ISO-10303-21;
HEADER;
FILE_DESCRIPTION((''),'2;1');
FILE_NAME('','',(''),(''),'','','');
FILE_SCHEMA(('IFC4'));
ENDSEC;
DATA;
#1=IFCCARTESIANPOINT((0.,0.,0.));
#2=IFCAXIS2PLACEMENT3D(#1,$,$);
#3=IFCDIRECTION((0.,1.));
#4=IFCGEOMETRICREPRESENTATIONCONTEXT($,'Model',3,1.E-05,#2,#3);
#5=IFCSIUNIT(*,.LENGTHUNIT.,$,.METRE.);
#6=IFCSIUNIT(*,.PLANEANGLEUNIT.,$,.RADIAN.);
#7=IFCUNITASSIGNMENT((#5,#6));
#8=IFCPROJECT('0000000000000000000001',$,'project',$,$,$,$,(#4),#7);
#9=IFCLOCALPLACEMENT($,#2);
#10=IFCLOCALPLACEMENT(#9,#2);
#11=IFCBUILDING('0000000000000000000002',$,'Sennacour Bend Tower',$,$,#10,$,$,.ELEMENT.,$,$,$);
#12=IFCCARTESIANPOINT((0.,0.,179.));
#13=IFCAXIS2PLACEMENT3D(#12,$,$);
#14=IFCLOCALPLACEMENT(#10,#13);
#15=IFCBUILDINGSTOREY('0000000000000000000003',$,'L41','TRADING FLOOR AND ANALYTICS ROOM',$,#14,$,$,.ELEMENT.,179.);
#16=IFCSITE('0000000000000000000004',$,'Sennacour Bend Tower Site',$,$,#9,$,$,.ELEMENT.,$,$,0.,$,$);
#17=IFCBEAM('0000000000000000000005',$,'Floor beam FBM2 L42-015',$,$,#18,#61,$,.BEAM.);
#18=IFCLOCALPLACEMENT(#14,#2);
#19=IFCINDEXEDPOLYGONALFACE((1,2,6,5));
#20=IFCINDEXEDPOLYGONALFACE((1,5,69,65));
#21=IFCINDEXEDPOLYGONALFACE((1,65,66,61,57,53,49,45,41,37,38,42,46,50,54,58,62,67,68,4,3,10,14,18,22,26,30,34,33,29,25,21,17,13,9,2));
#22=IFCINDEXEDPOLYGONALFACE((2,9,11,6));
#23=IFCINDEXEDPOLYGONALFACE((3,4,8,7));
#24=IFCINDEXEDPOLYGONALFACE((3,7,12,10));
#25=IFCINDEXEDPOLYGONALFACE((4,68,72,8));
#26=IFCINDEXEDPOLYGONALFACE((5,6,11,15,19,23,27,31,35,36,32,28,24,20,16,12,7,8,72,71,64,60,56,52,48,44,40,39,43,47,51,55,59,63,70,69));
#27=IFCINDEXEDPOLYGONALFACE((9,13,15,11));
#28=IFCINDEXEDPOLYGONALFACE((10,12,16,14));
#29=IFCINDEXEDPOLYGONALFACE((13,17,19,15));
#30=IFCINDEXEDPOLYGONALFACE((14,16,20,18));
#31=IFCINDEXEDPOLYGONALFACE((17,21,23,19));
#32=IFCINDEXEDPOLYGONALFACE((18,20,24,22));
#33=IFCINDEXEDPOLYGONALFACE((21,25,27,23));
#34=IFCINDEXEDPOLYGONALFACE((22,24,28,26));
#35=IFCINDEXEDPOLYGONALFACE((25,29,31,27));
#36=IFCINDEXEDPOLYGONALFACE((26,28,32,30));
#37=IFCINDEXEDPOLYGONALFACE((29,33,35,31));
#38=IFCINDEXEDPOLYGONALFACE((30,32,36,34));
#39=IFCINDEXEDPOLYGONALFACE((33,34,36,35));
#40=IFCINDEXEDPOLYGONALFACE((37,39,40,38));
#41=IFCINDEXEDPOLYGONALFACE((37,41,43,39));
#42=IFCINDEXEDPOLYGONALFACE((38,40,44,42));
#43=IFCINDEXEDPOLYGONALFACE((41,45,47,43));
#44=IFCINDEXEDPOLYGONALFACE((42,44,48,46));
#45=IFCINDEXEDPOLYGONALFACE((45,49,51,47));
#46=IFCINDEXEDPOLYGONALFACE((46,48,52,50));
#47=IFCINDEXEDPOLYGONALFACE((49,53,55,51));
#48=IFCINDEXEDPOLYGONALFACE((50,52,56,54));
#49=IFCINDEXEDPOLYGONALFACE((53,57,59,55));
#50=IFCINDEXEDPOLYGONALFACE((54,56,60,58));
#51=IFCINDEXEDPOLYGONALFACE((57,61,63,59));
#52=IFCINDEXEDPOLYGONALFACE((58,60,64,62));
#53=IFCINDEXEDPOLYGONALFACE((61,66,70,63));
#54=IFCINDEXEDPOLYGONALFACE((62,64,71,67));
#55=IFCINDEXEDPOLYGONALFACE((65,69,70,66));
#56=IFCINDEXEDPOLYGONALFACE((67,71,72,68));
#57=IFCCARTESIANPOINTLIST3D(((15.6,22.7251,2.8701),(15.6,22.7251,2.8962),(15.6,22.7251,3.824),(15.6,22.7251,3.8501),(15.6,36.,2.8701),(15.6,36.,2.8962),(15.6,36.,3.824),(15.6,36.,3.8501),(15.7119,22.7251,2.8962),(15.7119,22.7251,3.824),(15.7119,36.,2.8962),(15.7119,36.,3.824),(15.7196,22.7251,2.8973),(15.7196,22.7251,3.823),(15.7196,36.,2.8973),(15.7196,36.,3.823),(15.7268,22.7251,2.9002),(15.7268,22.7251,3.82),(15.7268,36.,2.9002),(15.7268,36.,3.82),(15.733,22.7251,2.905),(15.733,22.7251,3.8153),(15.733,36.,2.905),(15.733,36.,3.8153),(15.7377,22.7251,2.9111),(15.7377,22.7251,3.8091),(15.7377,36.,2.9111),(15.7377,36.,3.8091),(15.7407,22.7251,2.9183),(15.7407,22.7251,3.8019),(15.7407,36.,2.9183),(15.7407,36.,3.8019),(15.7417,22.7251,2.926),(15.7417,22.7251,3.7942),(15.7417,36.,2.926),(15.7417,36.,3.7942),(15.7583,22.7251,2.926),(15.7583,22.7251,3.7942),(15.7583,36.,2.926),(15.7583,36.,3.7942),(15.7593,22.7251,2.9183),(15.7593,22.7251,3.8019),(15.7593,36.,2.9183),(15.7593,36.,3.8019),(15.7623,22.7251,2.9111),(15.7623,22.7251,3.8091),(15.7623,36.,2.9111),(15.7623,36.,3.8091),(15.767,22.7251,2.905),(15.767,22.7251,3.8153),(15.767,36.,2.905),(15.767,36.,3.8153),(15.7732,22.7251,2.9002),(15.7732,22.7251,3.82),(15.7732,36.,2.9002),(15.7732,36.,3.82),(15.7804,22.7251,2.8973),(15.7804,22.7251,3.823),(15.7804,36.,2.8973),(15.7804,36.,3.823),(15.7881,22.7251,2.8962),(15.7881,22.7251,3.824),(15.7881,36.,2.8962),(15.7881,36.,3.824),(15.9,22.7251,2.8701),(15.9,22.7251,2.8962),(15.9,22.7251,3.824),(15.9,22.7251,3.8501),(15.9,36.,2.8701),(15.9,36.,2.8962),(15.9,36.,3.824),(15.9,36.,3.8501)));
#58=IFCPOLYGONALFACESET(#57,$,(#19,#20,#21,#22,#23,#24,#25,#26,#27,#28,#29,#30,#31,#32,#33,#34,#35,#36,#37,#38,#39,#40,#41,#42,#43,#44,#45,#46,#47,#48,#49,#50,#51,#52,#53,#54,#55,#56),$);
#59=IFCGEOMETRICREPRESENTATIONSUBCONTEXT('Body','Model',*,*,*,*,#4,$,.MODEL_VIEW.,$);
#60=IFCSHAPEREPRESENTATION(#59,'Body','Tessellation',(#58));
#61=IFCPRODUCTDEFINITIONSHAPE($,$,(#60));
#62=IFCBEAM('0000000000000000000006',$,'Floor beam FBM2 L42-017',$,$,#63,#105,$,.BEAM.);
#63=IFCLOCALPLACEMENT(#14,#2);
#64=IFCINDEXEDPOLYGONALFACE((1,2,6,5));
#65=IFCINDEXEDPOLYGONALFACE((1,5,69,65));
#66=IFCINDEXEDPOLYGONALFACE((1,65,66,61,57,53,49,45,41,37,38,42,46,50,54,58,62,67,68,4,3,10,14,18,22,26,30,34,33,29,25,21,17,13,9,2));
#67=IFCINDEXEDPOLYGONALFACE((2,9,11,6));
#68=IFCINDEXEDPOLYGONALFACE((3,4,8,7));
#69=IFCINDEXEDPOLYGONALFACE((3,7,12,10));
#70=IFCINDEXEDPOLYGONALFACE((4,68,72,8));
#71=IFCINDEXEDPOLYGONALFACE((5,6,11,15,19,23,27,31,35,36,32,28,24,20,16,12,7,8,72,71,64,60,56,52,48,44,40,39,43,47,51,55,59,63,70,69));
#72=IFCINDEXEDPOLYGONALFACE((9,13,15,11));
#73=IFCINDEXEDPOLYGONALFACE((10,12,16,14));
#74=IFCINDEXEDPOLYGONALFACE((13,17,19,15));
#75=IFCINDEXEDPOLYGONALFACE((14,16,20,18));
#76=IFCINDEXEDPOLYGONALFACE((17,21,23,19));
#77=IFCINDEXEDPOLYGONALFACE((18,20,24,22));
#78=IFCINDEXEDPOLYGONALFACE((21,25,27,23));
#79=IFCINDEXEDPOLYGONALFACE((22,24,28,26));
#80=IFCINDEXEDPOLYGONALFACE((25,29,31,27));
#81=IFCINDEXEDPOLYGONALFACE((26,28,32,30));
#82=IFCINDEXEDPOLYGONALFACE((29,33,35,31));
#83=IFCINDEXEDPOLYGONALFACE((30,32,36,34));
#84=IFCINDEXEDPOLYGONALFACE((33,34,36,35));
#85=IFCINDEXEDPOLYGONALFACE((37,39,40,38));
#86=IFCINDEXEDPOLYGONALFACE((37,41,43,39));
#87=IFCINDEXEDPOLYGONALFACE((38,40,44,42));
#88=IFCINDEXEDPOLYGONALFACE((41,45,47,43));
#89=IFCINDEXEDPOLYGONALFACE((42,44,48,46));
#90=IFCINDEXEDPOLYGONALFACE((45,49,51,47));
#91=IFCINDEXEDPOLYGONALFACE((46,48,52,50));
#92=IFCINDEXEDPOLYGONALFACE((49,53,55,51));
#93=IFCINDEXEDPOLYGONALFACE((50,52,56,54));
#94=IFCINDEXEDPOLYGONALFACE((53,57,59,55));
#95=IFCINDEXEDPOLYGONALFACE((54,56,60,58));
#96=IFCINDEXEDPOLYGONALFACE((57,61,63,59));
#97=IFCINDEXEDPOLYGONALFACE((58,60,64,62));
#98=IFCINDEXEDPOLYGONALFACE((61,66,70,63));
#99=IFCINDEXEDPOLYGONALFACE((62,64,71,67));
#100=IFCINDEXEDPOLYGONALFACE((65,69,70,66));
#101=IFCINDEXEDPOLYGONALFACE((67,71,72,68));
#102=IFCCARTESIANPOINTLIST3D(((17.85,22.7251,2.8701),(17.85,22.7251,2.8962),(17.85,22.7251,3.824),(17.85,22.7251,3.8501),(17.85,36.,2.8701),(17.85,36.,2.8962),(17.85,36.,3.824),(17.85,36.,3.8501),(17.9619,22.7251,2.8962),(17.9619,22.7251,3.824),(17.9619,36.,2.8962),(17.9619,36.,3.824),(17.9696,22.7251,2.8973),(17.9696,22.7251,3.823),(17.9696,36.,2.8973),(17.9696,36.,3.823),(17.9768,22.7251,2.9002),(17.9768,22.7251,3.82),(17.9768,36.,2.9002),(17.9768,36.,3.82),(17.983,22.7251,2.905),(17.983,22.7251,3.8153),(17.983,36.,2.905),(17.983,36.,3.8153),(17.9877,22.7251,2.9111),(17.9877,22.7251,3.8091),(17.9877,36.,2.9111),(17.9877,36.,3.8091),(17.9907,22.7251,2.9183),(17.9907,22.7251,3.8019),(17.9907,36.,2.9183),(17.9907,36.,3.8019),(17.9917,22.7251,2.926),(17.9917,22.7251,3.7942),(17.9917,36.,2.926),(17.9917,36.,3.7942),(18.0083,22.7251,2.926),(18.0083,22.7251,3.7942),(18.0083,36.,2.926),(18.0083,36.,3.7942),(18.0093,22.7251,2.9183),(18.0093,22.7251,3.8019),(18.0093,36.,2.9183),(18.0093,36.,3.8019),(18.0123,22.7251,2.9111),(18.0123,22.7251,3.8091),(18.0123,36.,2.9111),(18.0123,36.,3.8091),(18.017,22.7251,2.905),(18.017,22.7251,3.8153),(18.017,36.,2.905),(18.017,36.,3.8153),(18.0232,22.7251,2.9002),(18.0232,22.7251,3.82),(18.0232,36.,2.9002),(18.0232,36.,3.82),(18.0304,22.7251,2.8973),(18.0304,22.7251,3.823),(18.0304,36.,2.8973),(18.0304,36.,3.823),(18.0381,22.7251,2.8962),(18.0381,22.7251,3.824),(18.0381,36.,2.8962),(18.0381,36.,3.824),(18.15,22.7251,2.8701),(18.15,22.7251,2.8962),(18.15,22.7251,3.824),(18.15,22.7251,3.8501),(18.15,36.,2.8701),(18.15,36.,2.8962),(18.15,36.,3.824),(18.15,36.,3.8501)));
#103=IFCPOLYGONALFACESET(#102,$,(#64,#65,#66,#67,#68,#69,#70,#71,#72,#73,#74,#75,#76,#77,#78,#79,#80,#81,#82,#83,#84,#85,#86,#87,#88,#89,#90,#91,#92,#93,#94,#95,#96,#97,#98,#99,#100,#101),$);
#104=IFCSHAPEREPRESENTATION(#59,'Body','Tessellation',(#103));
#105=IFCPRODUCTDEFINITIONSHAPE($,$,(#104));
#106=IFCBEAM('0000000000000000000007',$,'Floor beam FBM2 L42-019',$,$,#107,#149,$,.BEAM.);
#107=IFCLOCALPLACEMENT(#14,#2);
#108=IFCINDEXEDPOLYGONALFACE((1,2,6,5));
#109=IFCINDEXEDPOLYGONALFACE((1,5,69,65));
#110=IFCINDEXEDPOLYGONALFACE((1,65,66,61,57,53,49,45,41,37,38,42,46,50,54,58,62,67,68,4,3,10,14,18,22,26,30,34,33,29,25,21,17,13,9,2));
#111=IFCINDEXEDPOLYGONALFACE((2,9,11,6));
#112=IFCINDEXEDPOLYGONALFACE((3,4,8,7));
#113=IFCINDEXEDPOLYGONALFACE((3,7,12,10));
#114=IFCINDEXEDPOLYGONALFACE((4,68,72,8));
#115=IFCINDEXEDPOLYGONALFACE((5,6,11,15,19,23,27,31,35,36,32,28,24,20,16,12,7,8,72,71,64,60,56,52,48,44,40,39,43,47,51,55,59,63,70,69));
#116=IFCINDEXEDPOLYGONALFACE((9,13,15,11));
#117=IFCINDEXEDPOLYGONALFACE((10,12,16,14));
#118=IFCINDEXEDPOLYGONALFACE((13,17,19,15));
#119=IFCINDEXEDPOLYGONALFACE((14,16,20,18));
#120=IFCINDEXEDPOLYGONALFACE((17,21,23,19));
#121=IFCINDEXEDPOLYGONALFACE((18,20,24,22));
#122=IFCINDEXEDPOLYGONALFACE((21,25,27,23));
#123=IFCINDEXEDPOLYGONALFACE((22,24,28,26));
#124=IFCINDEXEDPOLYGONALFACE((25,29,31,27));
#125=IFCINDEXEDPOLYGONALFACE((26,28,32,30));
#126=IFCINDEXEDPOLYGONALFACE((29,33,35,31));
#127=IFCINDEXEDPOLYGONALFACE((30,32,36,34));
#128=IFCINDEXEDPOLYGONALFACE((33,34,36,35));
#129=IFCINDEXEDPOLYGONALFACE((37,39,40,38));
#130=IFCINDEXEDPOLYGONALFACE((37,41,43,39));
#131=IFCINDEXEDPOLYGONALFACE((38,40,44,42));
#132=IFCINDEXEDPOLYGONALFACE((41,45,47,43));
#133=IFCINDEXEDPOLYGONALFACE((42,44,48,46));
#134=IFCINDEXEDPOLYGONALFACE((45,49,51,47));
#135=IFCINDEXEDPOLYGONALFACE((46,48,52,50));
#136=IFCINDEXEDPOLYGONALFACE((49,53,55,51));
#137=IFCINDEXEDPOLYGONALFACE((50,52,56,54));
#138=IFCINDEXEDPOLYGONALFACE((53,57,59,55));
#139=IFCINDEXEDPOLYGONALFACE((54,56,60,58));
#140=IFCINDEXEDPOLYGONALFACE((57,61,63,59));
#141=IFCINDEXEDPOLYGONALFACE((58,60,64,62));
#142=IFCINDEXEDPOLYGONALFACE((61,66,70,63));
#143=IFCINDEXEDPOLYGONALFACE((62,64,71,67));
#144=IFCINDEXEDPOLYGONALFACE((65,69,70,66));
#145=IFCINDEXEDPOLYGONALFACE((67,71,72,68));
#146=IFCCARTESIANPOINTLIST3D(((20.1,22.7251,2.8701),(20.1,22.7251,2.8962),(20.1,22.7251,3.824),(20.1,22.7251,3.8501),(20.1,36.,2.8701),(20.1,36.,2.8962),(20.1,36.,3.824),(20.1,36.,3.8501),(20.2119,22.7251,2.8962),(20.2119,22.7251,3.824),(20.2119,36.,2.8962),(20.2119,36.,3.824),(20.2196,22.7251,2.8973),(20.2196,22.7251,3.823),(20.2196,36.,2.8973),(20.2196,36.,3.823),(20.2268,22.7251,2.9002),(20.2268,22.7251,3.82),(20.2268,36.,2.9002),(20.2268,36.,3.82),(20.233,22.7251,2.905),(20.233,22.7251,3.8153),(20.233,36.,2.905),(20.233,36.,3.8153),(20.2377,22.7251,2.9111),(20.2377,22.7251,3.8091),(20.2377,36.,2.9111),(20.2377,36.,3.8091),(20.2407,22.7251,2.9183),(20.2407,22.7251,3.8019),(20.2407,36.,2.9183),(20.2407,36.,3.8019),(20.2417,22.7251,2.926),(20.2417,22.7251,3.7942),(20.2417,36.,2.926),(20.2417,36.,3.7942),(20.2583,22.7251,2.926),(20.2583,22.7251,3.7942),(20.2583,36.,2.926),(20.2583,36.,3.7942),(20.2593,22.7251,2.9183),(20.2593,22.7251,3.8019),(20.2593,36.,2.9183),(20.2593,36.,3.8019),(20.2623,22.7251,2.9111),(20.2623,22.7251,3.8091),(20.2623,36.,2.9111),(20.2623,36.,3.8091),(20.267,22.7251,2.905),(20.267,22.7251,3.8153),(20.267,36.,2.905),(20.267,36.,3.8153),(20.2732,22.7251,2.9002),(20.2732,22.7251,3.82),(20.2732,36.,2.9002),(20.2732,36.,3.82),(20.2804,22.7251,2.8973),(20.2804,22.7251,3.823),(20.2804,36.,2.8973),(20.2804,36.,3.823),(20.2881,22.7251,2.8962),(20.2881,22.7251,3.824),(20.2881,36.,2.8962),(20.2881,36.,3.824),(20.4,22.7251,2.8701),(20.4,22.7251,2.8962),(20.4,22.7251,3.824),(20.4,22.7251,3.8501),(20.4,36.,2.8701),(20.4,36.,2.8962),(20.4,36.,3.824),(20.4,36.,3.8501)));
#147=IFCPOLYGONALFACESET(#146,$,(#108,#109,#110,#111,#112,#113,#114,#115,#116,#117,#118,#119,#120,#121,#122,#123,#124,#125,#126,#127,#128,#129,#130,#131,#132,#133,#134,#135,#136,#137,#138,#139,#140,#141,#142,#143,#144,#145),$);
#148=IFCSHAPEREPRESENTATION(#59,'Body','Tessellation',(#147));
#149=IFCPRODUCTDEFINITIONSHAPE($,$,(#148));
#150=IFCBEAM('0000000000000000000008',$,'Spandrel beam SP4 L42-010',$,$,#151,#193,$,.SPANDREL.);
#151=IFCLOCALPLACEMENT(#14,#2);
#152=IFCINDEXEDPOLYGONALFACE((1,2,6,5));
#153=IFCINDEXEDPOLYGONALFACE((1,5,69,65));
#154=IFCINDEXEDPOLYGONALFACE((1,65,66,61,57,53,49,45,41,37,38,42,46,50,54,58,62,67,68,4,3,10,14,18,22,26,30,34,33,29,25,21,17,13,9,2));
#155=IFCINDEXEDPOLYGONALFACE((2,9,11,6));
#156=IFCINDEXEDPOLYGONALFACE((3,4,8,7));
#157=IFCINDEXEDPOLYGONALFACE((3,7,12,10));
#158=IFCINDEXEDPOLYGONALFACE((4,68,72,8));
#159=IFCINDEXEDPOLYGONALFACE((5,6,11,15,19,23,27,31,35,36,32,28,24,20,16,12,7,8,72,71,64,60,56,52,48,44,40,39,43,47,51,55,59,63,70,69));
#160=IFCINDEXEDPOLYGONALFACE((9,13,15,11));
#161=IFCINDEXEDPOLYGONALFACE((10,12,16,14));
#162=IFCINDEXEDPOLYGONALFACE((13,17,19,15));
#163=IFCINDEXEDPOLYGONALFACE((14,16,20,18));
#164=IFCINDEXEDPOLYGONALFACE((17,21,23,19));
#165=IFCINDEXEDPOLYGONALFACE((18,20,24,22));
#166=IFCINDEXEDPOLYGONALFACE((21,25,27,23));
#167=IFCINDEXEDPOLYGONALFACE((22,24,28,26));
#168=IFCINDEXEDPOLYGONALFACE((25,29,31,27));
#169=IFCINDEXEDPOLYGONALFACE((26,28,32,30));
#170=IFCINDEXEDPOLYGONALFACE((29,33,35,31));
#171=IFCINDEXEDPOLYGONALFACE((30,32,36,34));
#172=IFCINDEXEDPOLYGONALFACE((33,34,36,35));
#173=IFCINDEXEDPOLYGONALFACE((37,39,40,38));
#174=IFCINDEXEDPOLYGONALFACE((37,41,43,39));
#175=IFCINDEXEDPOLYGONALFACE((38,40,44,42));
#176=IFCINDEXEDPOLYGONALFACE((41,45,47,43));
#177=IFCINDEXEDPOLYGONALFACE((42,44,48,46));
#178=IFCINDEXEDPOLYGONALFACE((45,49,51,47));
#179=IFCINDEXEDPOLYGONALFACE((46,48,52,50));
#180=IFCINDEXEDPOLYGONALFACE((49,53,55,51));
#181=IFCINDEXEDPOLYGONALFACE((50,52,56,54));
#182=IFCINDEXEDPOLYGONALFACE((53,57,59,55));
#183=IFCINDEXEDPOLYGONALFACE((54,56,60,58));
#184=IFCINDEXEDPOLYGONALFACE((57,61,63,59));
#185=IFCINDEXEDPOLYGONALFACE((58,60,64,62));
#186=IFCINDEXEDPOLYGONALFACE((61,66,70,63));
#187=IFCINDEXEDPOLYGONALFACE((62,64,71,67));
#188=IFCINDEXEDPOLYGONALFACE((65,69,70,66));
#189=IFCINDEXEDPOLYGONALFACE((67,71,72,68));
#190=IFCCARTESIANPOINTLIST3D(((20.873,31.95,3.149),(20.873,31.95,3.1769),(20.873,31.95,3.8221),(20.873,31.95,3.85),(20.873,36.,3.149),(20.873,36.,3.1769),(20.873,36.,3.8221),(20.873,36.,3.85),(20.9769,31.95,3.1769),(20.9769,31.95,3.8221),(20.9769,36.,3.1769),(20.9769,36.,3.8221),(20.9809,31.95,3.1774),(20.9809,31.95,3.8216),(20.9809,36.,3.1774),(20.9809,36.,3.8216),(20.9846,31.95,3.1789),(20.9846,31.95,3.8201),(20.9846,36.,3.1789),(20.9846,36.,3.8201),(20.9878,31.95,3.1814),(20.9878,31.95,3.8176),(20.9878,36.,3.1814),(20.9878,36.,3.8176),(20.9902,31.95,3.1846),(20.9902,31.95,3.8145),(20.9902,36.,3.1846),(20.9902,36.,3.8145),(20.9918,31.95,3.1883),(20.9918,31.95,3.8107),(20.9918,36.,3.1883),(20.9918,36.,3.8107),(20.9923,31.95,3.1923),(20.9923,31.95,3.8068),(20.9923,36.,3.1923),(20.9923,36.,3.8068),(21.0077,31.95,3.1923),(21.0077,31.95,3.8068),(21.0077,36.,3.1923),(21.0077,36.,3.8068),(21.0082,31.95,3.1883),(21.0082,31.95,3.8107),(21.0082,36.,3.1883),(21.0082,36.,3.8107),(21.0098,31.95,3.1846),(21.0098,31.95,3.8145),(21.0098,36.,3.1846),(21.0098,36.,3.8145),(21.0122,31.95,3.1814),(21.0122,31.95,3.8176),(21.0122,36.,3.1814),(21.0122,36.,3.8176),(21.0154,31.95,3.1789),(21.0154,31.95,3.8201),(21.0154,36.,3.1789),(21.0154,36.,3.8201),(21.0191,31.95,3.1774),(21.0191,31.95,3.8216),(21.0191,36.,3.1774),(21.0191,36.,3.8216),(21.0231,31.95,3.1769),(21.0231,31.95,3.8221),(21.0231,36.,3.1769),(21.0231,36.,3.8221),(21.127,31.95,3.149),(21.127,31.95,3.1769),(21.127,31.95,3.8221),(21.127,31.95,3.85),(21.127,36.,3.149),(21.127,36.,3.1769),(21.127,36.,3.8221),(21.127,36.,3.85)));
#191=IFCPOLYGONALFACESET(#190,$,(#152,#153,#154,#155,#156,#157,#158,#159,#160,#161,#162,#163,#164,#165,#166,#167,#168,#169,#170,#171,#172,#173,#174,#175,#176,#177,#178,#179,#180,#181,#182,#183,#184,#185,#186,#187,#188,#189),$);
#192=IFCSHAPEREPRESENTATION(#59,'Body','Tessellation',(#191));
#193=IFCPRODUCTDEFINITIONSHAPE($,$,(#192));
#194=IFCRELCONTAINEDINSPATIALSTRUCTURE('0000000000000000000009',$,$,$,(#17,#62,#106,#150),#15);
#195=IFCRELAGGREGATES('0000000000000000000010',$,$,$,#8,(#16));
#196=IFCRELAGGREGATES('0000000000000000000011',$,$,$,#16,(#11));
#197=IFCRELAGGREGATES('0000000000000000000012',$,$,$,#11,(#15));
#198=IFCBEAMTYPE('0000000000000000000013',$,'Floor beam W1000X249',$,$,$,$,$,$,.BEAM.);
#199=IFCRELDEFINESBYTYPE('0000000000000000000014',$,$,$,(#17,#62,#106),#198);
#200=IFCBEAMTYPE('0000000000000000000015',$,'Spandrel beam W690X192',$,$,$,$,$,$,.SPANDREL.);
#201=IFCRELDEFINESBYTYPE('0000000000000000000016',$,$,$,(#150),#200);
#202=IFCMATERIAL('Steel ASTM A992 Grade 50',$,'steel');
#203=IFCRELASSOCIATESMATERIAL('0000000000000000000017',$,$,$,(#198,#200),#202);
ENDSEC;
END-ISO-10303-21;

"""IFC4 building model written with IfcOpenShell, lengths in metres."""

from ifc_helpers import new_model, si_unit, direction, frame, origin, origin_2d, place, context, subcontext, project, spatial, i_section, extrude, material, material_profile, profile_set, type_object, element, save


model = new_model("IFC4")

# Units and contexts
model_context = context("Model", 3, precision=1e-05, world=origin(), true_north=direction((0.0, 1.0)))
body_context = subcontext(model_context, "Body", "Model", "MODEL_VIEW")
ifc_project = project(units=[si_unit("LENGTHUNIT", "METRE"), si_unit("PLANEANGLEUNIT", "RADIAN")], contexts=[model_context])

# Site, building, storey
site_placement = place(None, origin())
site = spatial("IfcSite", under=ifc_project, at=site_placement, Name="Sennacour Bend Tower Site", CompositionType="ELEMENT", RefElevation=0.0)
building_placement = place(site_placement, origin())
building = spatial("IfcBuilding", under=site, at=building_placement, Name="Sennacour Bend Tower", CompositionType="ELEMENT")
storey_placement = place(building_placement, frame((0.0, 0.0, 179.0)))
storey = spatial("IfcBuildingStorey", under=building, at=storey_placement, Name="L41", Description="TRADING FLOOR AND ANALYTICS ROOM", CompositionType="ELEMENT", Elevation=179.0)

# Beams
ifc_material_1 = material(Name="Steel ASTM A992 Grade 50", Category="steel")
ifc_material_profile_1 = material_profile(ifc_material_1, i_section(OverallWidth=0.3, OverallDepth=0.98, WebThickness=0.0166, FlangeThickness=0.0261, FilletRadius=0.0298, at=origin_2d()), Name="Steel ASTM A992 Grade 50", Category="steel")
ifc_profile_set_1 = profile_set([ifc_material_profile_1], Name="Steel ASTM A992 Grade 50")
beam_type_1 = type_object("IfcBeamType", Name="Floor beam W1000X249", PredefinedType="BEAM", material=ifc_profile_set_1)
for number, where, z_axis, x_axis, name in (
    (1, (15.75, 22.7251, 3.3601), (0.0, 1.0, 0.0), (-1.0, 0.0, 0.0), "Floor beam FBM2 L42-015"),
    (2, (18.0, 22.7251, 3.3601), (0.0, 1.0, 0.0), (-1.0, 0.0, 0.0), "Floor beam FBM2 L42-017"),
    (3, (20.25, 22.7251, 3.3601), (0.0, 1.0, 0.0), (-1.0, 0.0, 0.0), "Floor beam FBM2 L42-019"),
):
    element("IfcBeam", number, at=place(storey_placement, frame(where, z_axis=z_axis, x_axis=x_axis)), inside=storey, type_object=beam_type_1, Name=name, PredefinedType="BEAM", context=body_context, shape_type="SweptSolid", body=[
        extrude(i_section(OverallWidth=0.3, OverallDepth=0.98, WebThickness=0.0166, FlangeThickness=0.0261, FilletRadius=0.0298, at=origin_2d()), origin(), (0.0, 0.0, 1.0), 13.2749),
    ])
ifc_material_profile_2 = material_profile(ifc_material_1, i_section(OverallWidth=0.2539, OverallDepth=0.7009, WebThickness=0.0154, FlangeThickness=0.0278, FilletRadius=0.0154, at=origin_2d()), Name="Steel ASTM A992 Grade 50", Category="steel")
ifc_profile_set_2 = profile_set([ifc_material_profile_2], Name="Steel ASTM A992 Grade 50")
beam_type_2 = type_object("IfcBeamType", Name="Spandrel beam W690X192", PredefinedType="SPANDREL", material=ifc_profile_set_2)
beam_1_placement = place(storey_placement, frame((21.0, 36.0, 3.4995), z_axis=(0.0, -1.0, 0.0), x_axis=(1.0, 0.0, 0.0)))
element("IfcBeam", 4, at=beam_1_placement, inside=storey, type_object=beam_type_2, Name="Spandrel beam SP4 L42-010", PredefinedType="SPANDREL", context=body_context, shape_type="SweptSolid", body=[
    extrude(i_section(OverallWidth=0.2539, OverallDepth=0.7009, WebThickness=0.0154, FlangeThickness=0.0278, FilletRadius=0.0154, at=origin_2d()), origin(), (0.0, 0.0, 1.0), 4.05),
])

save(model, "model.ifc")
